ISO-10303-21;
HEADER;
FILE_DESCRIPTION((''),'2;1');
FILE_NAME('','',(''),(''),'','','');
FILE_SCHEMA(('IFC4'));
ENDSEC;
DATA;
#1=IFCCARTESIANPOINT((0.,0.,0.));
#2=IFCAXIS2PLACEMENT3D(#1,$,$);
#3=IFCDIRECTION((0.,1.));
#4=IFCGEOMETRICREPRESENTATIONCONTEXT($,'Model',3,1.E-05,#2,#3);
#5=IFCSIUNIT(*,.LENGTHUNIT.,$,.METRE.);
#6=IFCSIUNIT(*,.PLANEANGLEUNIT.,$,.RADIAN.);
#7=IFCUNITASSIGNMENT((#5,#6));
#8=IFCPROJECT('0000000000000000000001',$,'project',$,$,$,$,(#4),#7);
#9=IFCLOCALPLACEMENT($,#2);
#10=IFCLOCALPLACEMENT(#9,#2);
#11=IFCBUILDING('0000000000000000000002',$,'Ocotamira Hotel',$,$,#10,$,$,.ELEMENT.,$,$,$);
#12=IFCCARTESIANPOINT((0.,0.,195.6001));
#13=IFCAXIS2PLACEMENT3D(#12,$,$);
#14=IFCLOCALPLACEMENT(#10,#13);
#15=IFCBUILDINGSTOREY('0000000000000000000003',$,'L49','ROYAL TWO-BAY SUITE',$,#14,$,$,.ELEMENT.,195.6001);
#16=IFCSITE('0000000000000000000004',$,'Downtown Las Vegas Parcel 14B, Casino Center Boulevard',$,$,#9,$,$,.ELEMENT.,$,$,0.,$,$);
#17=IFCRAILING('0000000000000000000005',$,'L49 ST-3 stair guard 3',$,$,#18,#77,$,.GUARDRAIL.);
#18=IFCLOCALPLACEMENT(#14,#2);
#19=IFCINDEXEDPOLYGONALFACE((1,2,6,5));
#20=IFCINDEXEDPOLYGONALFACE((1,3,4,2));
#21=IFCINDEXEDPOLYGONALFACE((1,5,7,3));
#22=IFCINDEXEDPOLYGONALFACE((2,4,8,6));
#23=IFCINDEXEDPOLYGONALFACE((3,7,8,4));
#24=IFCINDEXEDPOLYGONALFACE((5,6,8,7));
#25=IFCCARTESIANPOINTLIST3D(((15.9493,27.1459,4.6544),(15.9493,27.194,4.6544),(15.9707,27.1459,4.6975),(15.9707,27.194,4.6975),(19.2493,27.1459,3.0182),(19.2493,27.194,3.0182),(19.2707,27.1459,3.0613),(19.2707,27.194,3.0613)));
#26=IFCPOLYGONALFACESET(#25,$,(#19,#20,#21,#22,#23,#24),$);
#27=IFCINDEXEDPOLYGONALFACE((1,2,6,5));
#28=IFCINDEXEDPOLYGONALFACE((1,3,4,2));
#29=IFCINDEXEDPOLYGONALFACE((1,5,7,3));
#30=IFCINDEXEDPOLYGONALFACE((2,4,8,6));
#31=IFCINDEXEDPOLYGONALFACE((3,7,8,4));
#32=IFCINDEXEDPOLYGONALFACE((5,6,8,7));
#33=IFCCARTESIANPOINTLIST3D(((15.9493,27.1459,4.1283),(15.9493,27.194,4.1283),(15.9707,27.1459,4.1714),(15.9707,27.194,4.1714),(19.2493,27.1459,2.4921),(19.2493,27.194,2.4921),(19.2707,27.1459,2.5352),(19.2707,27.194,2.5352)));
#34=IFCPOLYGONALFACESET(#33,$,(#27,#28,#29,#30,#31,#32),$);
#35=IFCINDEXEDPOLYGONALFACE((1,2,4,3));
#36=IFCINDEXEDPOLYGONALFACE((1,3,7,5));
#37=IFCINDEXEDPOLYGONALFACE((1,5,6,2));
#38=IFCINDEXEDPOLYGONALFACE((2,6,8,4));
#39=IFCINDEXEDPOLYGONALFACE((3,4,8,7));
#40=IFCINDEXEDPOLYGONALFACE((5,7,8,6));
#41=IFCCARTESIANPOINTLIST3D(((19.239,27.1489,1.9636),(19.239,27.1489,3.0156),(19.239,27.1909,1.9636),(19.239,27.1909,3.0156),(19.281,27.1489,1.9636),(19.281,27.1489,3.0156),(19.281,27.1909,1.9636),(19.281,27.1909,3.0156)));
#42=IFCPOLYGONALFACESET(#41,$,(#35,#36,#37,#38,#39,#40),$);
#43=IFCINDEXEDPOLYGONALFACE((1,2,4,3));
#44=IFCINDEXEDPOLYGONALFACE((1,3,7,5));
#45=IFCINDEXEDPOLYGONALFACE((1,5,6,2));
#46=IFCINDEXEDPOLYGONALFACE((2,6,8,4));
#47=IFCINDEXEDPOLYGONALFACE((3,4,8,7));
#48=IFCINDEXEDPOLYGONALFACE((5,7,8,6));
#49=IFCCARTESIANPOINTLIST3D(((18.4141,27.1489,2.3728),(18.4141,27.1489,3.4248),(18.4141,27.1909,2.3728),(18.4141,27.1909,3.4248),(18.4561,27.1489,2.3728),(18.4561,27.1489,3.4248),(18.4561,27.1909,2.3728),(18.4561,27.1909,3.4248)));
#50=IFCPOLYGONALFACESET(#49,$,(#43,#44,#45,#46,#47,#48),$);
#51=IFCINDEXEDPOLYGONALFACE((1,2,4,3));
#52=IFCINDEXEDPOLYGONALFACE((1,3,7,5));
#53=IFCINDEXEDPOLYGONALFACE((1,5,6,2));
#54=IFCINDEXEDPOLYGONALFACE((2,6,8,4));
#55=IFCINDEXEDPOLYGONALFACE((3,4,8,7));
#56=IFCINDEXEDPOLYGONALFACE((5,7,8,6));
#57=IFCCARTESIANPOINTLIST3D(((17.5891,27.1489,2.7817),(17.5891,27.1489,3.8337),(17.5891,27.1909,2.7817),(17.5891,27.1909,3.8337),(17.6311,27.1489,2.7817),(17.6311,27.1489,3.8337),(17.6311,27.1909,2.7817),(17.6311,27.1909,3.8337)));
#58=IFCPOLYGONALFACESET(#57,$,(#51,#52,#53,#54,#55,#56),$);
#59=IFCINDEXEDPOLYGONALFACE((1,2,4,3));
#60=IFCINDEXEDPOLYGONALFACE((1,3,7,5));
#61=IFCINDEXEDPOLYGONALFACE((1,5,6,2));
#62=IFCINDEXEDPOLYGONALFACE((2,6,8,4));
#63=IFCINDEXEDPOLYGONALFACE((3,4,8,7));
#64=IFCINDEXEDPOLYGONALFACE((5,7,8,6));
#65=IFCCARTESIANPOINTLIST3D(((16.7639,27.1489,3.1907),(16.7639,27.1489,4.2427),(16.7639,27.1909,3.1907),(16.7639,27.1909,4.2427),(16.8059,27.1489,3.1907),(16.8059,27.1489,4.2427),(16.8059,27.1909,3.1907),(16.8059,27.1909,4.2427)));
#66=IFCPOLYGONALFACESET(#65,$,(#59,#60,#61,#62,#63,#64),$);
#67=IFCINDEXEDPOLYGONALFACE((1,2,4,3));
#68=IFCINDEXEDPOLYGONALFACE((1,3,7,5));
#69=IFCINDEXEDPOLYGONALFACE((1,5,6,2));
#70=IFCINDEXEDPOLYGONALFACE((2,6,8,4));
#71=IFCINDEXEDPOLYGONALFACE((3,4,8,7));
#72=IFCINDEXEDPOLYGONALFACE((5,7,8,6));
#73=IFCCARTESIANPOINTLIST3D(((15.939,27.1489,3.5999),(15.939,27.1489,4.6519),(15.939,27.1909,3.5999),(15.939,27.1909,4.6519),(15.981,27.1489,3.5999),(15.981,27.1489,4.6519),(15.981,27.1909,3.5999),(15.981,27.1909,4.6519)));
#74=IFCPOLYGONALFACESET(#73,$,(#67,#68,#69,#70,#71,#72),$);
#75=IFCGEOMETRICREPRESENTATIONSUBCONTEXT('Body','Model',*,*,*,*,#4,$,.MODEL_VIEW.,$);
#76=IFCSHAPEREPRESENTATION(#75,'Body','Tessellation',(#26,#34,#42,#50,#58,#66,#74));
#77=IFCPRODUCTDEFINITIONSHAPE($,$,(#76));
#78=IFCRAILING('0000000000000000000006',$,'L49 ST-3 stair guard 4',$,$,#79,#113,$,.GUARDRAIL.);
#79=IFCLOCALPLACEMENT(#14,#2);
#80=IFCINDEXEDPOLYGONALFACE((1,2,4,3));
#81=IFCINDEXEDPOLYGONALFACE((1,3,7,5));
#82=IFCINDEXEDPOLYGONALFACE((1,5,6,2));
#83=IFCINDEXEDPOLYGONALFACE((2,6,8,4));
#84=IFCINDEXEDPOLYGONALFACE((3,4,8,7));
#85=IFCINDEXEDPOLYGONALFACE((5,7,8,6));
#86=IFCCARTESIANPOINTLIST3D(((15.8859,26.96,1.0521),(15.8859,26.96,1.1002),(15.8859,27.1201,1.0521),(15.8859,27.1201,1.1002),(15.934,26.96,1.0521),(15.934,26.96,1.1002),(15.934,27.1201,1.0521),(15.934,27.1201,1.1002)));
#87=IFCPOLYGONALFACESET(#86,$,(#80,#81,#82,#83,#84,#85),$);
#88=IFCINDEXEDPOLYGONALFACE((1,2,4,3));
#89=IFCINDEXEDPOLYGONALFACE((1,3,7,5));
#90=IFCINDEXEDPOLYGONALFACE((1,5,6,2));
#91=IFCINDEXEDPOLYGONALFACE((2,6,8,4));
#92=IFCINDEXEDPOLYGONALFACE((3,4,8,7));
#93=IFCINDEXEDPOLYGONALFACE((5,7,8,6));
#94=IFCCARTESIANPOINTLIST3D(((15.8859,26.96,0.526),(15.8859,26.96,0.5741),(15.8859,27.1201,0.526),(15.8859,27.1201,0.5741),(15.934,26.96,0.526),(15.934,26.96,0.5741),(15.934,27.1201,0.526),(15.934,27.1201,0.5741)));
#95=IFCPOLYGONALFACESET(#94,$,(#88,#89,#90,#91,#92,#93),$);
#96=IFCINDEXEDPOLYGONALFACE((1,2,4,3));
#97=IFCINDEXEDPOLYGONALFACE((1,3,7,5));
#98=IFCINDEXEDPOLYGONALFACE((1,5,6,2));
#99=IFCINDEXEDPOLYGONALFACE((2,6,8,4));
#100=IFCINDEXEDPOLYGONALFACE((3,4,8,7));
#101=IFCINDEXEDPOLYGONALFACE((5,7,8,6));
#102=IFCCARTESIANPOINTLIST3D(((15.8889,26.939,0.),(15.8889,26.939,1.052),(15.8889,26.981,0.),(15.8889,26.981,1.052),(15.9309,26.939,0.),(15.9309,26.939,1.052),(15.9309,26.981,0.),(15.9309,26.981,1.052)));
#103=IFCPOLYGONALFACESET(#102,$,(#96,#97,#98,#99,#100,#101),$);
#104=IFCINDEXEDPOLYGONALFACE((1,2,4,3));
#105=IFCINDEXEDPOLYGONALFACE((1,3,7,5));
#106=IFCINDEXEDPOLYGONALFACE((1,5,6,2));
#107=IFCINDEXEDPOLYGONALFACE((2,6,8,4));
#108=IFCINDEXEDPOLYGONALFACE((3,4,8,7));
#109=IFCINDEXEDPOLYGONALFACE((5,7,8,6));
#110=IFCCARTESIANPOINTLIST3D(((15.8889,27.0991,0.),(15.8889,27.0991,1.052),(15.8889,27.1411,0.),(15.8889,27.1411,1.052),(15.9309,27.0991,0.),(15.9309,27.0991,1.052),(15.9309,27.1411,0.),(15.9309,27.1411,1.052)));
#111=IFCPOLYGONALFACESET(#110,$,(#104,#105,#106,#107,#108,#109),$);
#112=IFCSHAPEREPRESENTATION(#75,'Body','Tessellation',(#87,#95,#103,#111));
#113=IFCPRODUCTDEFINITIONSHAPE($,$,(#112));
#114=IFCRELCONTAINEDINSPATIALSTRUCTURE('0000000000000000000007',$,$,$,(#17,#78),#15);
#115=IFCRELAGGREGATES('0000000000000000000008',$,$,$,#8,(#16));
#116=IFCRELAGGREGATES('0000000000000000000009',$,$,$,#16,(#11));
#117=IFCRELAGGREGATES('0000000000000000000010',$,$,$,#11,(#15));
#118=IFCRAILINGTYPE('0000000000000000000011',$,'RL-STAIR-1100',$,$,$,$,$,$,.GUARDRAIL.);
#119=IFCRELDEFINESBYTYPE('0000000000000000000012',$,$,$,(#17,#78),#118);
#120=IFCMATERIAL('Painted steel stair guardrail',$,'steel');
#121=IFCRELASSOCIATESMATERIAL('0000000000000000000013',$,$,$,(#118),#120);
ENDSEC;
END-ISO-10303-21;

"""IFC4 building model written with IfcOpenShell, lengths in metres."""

from ifc_helpers import new_model, si_unit, direction, frame, origin, origin_2d, place, context, subcontext, project, spatial, rectangle, extrude, material, type_object, element, save


model = new_model("IFC4")

# Units and contexts
model_context = context("Model", 3, precision=1e-05, world=origin(), true_north=direction((0.0, 1.0)))
body_context = subcontext(model_context, "Body", "Model", "MODEL_VIEW")
ifc_project = project(units=[si_unit("LENGTHUNIT", "METRE"), si_unit("PLANEANGLEUNIT", "RADIAN")], contexts=[model_context])

# Site, building, storey
site_placement = place(None, origin())
site = spatial("IfcSite", under=ifc_project, at=site_placement, Name="Downtown Las Vegas Parcel 14B, Casino Center Boulevard", CompositionType="ELEMENT", RefElevation=0.0)
building_placement = place(site_placement, origin())
building = spatial("IfcBuilding", under=site, at=building_placement, Name="Ocotamira Hotel", CompositionType="ELEMENT")
storey_placement = place(building_placement, frame((0.0, 0.0, 195.6001)))
storey = spatial("IfcBuildingStorey", under=building, at=storey_placement, Name="L49", Description="ROYAL TWO-BAY SUITE", CompositionType="ELEMENT", Elevation=195.6001)

# Railings
ifc_material_1 = material(Name="Painted steel stair guardrail", Category="steel")
railing_type_1 = type_object("IfcRailingType", Name="RL-STAIR-1100", PredefinedType="GUARDRAIL", material=ifc_material_1)
railing_1_placement = place(storey_placement, frame((19.26, 27.1699, 1.9636)))
element("IfcRailing", 1, at=railing_1_placement, inside=storey, type_object=railing_type_1, Name="L49 ST-3 stair guard 3", PredefinedType="GUARDRAIL", context=body_context, shape_type="SweptSolid", body=[
    extrude(rectangle(XDim=0.0481, YDim=0.0481, at=origin_2d()), frame((0.0, 0.0, 1.0762), z_axis=(-0.89592, 0.0, 0.444215), x_axis=(0.0, -1.0, 0.0)), (0.0, 0.0, 1.0), 3.6833),
    extrude(rectangle(XDim=0.0481, YDim=0.0481, at=origin_2d()), frame((0.0, 0.0, 0.55), z_axis=(-0.89592, 0.0, 0.444215), x_axis=(0.0, -1.0, 0.0)), (0.0, 0.0, 1.0), 3.6833),
    extrude(rectangle(XDim=0.042, YDim=0.042, at=origin_2d()), origin(), (0.0, 0.0, 1.0), 1.052),
    extrude(rectangle(XDim=0.042, YDim=0.042, at=origin_2d()), frame((-0.825, 0.0, 0.4092)), (0.0, 0.0, 1.0), 1.052),
    extrude(rectangle(XDim=0.042, YDim=0.042, at=origin_2d()), frame((-1.6499, 0.0, 0.8181)), (0.0, 0.0, 1.0), 1.052),
    extrude(rectangle(XDim=0.042, YDim=0.042, at=origin_2d()), frame((-2.4751, 0.0, 1.2271)), (0.0, 0.0, 1.0), 1.052),
    extrude(rectangle(XDim=0.042, YDim=0.042, at=origin_2d()), frame((-3.3, 0.0, 1.6362)), (0.0, 0.0, 1.0), 1.052),
])
railing_2_placement = place(storey_placement, frame((15.9099, 26.96, 0.0)))
element("IfcRailing", 2, at=railing_2_placement, inside=storey, type_object=railing_type_1, Name="L49 ST-3 stair guard 4", PredefinedType="GUARDRAIL", context=body_context, shape_type="SweptSolid", body=[
    extrude(rectangle(XDim=0.0481, YDim=0.0481, at=origin_2d()), frame((0.0, 0.0, 1.0762), z_axis=(0.0, 1.0, 0.0), x_axis=(-1.0, 0.0, 0.0)), (0.0, 0.0, 1.0), 0.1602),
    extrude(rectangle(XDim=0.0481, YDim=0.0481, at=origin_2d()), frame((0.0, 0.0, 0.55), z_axis=(0.0, 1.0, 0.0), x_axis=(-1.0, 0.0, 0.0)), (0.0, 0.0, 1.0), 0.1602),
    extrude(rectangle(XDim=0.042, YDim=0.042, at=origin_2d()), origin(), (0.0, 0.0, 1.0), 1.052),
    extrude(rectangle(XDim=0.042, YDim=0.042, at=origin_2d()), frame((0.0, 0.1602, 0.0)), (0.0, 0.0, 1.0), 1.052),
])

save(model, "model.ifc")
